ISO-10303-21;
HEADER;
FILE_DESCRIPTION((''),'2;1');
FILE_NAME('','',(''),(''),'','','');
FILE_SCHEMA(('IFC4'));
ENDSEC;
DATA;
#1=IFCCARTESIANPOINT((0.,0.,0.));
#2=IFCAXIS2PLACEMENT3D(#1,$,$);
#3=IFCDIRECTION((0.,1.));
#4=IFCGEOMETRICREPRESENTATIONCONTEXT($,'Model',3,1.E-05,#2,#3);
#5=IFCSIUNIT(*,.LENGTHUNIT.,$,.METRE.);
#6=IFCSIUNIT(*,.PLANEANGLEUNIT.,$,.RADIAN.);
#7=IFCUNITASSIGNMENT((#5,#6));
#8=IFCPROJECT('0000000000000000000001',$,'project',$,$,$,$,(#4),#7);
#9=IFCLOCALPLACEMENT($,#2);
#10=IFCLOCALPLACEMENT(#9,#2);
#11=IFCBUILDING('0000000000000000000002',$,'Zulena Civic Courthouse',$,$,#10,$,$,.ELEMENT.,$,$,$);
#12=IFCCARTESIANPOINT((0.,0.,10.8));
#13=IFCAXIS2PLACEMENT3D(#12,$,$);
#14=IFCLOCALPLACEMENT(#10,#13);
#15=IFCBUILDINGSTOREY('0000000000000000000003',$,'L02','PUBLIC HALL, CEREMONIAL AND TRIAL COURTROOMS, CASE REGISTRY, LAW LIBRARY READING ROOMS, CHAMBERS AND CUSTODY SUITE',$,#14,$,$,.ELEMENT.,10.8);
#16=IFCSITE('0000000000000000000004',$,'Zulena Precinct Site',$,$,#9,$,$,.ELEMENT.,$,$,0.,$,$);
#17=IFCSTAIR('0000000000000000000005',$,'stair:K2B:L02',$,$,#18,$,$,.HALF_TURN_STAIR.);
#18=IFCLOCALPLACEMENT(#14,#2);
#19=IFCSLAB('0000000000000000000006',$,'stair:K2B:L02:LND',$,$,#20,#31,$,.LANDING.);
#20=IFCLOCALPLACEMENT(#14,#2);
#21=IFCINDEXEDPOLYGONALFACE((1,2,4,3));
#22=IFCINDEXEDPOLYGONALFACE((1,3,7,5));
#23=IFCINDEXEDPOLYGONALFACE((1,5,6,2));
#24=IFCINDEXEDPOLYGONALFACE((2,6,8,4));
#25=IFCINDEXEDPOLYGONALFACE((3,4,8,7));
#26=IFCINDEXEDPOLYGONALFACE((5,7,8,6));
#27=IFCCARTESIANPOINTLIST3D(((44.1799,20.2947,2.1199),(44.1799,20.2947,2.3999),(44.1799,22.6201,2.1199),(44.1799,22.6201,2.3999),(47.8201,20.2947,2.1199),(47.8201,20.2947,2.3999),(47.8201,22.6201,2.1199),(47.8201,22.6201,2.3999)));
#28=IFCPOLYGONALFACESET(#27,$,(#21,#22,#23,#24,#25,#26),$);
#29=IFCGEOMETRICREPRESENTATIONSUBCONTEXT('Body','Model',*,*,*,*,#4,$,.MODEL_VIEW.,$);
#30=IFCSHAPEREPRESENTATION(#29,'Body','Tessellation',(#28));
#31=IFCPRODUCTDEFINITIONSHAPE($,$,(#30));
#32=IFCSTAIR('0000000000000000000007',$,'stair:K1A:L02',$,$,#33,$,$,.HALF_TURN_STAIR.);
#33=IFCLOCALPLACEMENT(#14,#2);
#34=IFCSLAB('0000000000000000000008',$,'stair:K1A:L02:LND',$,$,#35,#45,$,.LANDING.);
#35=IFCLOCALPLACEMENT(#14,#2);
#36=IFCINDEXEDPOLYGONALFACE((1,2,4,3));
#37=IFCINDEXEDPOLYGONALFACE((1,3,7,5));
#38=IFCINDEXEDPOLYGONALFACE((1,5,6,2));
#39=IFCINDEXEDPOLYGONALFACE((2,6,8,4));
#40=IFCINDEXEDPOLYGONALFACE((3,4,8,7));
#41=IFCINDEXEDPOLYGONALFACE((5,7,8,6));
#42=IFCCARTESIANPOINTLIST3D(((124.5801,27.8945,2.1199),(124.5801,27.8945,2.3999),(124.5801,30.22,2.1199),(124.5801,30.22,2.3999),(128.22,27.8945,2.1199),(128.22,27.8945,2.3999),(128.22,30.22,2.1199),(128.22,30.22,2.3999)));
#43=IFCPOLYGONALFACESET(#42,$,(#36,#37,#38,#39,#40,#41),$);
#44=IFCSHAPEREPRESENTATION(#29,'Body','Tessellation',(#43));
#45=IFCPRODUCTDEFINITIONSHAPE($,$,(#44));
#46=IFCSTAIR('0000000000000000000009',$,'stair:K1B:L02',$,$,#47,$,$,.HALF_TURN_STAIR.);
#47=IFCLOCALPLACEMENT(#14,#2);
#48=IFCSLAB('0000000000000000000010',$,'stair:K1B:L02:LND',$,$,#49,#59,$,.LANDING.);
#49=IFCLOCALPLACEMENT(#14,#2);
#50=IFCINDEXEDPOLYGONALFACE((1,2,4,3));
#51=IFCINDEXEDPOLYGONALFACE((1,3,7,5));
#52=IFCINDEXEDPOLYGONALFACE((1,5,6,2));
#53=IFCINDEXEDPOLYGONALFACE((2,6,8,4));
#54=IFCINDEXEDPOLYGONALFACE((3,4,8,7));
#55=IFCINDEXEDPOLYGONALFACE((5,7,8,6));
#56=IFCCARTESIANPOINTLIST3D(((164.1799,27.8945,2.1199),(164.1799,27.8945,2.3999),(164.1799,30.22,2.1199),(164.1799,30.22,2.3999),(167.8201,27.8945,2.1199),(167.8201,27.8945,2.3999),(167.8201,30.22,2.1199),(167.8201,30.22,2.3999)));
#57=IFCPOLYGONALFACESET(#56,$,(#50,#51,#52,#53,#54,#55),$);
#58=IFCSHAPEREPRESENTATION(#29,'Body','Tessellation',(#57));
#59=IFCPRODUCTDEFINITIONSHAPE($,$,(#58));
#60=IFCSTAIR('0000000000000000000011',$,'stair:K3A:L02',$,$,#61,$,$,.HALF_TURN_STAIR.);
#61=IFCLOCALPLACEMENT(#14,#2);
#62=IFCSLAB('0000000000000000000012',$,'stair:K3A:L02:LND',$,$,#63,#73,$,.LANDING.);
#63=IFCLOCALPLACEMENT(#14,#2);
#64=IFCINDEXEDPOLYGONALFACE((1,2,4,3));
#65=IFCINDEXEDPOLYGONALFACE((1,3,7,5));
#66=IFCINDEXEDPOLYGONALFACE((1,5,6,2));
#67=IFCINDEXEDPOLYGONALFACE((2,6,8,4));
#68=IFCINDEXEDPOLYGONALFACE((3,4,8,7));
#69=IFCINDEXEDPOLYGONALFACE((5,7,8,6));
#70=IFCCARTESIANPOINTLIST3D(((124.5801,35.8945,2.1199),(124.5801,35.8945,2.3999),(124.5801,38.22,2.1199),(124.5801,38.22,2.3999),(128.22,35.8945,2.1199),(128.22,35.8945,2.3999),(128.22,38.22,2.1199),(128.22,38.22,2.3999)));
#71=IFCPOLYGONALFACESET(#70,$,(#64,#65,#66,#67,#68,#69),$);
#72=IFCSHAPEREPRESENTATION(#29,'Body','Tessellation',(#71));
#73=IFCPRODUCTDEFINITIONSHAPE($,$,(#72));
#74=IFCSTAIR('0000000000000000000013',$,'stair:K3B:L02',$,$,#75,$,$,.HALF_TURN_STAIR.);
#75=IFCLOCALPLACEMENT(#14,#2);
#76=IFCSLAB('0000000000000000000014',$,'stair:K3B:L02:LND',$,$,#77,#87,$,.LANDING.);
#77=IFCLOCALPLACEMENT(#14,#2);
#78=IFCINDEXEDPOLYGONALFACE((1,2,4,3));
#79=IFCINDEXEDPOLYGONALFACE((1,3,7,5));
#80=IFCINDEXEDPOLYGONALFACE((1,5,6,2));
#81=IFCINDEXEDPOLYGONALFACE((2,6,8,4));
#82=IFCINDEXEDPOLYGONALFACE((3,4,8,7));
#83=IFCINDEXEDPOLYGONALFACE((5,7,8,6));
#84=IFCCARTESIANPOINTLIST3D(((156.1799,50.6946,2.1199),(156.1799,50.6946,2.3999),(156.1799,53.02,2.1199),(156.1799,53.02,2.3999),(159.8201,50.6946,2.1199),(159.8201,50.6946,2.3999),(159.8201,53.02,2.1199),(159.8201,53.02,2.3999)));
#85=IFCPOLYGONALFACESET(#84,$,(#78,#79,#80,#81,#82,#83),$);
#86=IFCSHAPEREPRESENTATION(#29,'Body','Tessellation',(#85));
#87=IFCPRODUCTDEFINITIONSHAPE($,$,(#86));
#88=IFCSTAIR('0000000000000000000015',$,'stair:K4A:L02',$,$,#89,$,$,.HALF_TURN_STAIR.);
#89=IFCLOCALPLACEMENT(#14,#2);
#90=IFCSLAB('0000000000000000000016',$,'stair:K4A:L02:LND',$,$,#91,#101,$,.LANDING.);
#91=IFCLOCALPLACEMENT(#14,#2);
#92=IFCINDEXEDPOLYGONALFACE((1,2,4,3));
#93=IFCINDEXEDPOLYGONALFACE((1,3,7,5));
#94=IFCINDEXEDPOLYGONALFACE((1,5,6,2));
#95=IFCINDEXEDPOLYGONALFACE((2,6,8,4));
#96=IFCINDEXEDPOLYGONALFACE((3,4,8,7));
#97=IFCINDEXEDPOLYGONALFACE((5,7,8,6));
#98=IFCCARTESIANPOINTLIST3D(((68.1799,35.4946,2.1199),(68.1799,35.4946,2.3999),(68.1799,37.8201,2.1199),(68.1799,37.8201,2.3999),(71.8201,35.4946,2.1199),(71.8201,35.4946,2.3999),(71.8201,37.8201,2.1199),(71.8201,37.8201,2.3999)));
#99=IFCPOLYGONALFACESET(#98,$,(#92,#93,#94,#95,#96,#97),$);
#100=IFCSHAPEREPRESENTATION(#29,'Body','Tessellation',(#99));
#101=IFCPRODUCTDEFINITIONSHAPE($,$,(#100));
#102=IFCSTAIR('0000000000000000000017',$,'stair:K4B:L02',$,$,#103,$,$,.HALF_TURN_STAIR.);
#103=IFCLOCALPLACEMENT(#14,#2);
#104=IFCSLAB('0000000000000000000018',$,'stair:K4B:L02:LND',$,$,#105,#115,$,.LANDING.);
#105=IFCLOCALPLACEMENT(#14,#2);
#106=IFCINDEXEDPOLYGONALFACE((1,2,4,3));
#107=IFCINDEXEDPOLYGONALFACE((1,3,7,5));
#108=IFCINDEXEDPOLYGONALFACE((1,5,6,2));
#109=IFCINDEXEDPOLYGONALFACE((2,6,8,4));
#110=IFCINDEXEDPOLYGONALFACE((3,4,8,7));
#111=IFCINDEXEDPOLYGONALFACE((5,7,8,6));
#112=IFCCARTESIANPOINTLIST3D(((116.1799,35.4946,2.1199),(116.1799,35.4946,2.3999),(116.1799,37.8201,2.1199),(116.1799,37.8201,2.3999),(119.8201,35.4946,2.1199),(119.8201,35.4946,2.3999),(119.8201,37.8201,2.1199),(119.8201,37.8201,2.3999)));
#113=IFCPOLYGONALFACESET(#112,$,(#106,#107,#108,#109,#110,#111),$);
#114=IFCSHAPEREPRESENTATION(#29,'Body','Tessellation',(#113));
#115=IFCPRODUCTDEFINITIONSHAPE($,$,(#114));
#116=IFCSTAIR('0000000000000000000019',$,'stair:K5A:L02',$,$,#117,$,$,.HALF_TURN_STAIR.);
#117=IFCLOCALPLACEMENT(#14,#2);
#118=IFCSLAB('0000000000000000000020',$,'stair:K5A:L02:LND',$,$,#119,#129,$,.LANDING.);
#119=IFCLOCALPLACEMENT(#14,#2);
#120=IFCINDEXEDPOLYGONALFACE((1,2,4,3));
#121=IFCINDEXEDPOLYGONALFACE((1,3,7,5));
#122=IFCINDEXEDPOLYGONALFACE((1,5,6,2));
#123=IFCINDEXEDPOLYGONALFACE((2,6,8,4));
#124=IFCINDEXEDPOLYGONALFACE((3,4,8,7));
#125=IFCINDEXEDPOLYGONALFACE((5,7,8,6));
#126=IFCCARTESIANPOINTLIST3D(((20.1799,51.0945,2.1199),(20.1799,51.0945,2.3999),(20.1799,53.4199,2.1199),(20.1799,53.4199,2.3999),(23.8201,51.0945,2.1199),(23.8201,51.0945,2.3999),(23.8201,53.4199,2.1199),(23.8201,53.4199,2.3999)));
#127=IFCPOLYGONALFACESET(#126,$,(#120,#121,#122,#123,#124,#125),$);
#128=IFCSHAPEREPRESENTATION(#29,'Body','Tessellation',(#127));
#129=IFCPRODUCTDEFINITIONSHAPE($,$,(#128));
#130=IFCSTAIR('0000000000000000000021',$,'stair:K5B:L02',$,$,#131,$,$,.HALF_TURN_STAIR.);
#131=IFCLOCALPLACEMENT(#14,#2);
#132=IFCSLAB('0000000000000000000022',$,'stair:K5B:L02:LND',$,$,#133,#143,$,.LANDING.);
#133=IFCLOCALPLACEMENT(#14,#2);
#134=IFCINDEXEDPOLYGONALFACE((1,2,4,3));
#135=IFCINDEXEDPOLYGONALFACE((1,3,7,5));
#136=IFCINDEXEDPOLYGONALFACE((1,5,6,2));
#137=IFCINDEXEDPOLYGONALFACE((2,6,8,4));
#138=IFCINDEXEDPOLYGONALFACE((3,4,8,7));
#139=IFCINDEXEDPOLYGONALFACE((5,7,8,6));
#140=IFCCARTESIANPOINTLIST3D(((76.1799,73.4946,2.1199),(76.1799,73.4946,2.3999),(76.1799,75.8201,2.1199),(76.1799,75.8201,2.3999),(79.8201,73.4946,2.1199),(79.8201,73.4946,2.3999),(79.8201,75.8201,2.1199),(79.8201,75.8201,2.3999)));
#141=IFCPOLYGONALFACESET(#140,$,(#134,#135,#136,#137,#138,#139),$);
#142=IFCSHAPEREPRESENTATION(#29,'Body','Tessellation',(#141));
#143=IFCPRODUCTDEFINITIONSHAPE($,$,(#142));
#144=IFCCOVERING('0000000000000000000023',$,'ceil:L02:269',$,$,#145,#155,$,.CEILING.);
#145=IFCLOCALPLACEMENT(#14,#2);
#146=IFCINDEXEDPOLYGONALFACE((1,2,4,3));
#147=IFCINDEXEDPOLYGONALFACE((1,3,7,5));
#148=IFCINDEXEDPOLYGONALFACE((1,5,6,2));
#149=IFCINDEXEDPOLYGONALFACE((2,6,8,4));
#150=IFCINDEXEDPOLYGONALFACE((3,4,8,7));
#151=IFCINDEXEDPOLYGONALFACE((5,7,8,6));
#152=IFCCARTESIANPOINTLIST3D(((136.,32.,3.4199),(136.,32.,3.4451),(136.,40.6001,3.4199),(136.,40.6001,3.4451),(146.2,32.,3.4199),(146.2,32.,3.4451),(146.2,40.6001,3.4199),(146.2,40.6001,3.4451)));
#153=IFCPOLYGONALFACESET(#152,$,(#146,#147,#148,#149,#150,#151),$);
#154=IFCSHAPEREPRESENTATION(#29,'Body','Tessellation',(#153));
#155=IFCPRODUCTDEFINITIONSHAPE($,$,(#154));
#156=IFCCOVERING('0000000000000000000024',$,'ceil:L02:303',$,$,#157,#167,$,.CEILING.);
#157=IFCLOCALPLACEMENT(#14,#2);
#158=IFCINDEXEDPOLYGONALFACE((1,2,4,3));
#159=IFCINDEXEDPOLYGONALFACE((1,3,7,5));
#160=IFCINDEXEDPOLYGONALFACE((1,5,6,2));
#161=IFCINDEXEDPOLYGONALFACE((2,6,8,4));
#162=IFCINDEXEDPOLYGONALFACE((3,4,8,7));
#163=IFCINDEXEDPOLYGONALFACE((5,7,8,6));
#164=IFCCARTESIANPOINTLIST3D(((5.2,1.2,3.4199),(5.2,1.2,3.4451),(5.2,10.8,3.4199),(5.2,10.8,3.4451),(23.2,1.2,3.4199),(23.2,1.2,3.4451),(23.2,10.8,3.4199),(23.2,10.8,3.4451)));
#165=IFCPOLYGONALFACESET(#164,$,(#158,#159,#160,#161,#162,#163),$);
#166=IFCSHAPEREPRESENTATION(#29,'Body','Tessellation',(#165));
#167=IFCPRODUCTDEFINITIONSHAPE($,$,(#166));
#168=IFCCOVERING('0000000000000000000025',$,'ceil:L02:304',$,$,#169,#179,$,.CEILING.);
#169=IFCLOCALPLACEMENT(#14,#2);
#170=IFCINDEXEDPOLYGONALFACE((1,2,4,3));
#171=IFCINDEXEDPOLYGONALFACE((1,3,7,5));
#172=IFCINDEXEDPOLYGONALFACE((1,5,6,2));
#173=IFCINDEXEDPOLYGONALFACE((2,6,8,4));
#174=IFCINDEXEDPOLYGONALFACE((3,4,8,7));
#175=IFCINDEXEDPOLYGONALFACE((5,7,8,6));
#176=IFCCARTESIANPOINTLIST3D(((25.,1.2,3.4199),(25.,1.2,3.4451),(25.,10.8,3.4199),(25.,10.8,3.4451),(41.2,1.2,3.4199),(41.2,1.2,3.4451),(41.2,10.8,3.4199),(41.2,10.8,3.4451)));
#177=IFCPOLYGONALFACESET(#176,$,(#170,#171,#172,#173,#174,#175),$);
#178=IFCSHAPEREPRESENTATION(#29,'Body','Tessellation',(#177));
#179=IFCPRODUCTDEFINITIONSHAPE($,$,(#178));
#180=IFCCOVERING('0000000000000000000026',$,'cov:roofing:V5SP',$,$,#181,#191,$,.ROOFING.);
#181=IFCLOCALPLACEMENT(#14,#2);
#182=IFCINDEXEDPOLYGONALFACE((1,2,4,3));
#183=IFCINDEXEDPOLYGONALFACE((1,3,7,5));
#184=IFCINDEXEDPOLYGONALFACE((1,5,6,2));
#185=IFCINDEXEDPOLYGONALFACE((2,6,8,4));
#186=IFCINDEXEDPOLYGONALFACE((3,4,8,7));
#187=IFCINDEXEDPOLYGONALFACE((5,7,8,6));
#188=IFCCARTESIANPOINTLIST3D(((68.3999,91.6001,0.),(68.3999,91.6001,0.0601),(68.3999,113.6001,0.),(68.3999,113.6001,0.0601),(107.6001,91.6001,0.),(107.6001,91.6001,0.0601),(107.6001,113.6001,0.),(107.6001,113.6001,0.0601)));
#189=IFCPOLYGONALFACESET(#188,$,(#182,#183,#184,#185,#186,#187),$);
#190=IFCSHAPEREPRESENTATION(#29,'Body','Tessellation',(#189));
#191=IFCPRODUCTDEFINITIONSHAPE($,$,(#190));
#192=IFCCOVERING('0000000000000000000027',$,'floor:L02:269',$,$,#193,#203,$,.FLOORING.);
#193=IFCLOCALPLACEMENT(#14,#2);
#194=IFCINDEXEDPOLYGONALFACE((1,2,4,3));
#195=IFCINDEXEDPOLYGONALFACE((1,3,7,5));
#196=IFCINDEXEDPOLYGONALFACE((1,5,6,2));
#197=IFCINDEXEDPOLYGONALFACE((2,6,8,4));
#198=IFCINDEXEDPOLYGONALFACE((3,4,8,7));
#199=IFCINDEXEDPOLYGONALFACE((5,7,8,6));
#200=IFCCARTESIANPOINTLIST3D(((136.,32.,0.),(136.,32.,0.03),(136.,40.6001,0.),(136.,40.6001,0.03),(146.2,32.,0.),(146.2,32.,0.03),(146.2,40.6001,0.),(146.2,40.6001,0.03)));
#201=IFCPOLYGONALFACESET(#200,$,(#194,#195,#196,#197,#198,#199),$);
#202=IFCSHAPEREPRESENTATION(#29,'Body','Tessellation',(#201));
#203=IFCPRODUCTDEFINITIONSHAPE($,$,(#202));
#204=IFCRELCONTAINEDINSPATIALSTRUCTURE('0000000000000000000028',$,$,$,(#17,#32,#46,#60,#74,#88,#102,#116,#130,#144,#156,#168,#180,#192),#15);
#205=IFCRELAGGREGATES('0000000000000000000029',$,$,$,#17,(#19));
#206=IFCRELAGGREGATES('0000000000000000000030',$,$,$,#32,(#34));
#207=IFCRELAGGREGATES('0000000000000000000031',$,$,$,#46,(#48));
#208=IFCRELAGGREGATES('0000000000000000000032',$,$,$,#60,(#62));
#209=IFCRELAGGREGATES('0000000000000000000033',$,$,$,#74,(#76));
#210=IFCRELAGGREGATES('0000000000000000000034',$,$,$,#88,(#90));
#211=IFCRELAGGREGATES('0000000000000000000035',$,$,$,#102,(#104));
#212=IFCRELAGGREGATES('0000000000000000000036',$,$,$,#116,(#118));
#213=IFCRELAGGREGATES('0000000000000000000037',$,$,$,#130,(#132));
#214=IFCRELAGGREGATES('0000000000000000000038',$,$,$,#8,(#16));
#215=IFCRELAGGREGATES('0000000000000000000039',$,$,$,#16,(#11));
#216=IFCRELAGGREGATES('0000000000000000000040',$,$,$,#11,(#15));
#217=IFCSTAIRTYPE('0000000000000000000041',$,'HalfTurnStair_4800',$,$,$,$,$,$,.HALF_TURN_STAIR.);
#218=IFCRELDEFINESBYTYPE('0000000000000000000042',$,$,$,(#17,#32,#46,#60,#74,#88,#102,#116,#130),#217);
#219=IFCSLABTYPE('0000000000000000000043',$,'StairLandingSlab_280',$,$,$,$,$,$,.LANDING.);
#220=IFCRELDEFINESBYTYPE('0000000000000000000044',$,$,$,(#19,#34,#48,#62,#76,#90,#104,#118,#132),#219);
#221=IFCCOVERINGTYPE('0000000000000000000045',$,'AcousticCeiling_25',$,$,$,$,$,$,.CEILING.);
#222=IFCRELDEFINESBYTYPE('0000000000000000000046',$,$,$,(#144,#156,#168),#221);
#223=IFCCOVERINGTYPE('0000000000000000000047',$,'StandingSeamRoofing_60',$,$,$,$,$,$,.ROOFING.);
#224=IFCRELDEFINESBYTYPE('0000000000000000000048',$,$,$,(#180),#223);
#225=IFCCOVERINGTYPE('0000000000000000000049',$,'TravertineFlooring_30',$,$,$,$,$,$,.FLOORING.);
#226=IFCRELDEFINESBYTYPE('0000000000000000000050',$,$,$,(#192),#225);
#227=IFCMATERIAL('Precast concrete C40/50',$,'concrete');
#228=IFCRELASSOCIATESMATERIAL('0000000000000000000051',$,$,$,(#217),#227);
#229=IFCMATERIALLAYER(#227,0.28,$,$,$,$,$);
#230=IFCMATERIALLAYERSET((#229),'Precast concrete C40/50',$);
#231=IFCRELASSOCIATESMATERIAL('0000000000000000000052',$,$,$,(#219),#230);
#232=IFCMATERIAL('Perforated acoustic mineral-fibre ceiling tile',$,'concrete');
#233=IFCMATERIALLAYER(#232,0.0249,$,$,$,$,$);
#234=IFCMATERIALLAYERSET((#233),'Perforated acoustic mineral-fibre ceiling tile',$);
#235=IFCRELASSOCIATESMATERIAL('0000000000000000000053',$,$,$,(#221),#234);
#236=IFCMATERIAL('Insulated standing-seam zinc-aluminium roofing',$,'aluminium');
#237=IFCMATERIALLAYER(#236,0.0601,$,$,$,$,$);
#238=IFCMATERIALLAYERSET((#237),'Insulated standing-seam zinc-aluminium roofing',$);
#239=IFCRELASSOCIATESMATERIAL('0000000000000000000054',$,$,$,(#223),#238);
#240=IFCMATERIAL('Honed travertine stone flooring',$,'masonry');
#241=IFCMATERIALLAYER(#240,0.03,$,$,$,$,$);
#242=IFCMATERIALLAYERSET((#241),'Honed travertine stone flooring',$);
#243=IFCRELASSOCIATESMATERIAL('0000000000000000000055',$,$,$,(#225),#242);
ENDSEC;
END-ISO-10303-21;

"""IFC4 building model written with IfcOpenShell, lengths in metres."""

from ifc_helpers import new_model, si_unit, direction, frame, origin, place, context, subcontext, project, spatial, polyline, outline, extrude, material, layer, layer_set, type_object, element, aggregate, save


model = new_model("IFC4")

# Units and contexts
model_context = context("Model", 3, precision=1e-05, world=origin(), true_north=direction((0.0, 1.0)))
body_context = subcontext(model_context, "Body", "Model", "MODEL_VIEW")
ifc_project = project(units=[si_unit("LENGTHUNIT", "METRE"), si_unit("PLANEANGLEUNIT", "RADIAN")], contexts=[model_context])

# Site, building, storey
site_placement = place(None, origin())
site = spatial("IfcSite", under=ifc_project, at=site_placement, Name="Zulena Precinct Site", CompositionType="ELEMENT", RefElevation=0.0)
building_placement = place(site_placement, origin())
building = spatial("IfcBuilding", under=site, at=building_placement, Name="Zulena Civic Courthouse", CompositionType="ELEMENT")
storey_placement = place(building_placement, frame((0.0, 0.0, 10.8)))
storey = spatial("IfcBuildingStorey", under=building, at=storey_placement, Name="L02", Description="PUBLIC HALL, CEREMONIAL AND TRIAL COURTROOMS, CASE REGISTRY, LAW LIBRARY READING ROOMS, CHAMBERS AND CUSTODY SUITE", CompositionType="ELEMENT", Elevation=10.8)

# Shared definitions
ifc_material_1 = material(Name="Insulated standing-seam zinc-aluminium roofing", Category="aluminium")

# Stairs, slabs
ifc_material_2 = material(Name="Precast concrete C40/50", Category="concrete")
stair_type = type_object("IfcStairType", Name="HalfTurnStair_4800", PredefinedType="HALF_TURN_STAIR", material=ifc_material_2)
ifc_layer_1 = layer(ifc_material_2, 0.28)
ifc_layer_set_1 = layer_set([ifc_layer_1], Name="Precast concrete C40/50")
slab_type_1 = type_object("IfcSlabType", Name="StairLandingSlab_280", PredefinedType="LANDING", material=ifc_layer_set_1)
stair_1_placement = place(storey_placement, origin())
stair_1 = element("IfcStair", 1, at=stair_1_placement, inside=storey, type_object=stair_type, Name="stair:K2B:L02", PredefinedType="HALF_TURN_STAIR")
slab_1_placement = place(storey_placement, frame((0.0, 0.0, 2.1199)))
slab_1 = element("IfcSlab", 2, at=slab_1_placement, type_object=slab_type_1, Name="stair:K2B:L02:LND", PredefinedType="LANDING", context=body_context, shape_type="SweptSolid", body=[
    extrude(outline(polyline([(44.1799, 20.2947), (47.8201, 20.2947), (47.8201, 22.6201), (44.1799, 22.6201), (44.1799, 20.2947)])), origin(), (0.0, 0.0, 1.0), 0.28),
])
aggregate(stair_1, [slab_1])
stair_2_placement = place(storey_placement, origin())
stair_2 = element("IfcStair", 3, at=stair_2_placement, inside=storey, type_object=stair_type, Name="stair:K1A:L02", PredefinedType="HALF_TURN_STAIR")
slab_2_placement = place(storey_placement, frame((0.0, 0.0, 2.1199)))
slab_2 = element("IfcSlab", 4, at=slab_2_placement, type_object=slab_type_1, Name="stair:K1A:L02:LND", PredefinedType="LANDING", context=body_context, shape_type="SweptSolid", body=[
    extrude(outline(polyline([(124.5801, 27.8945), (128.22, 27.8945), (128.22, 30.22), (124.5801, 30.22), (124.5801, 27.8945)])), origin(), (0.0, 0.0, 1.0), 0.28),
])
aggregate(stair_2, [slab_2])
stair_3_placement = place(storey_placement, origin())
stair_3 = element("IfcStair", 5, at=stair_3_placement, inside=storey, type_object=stair_type, Name="stair:K1B:L02", PredefinedType="HALF_TURN_STAIR")
slab_3_placement = place(storey_placement, frame((0.0, 0.0, 2.1199)))
slab_3 = element("IfcSlab", 6, at=slab_3_placement, type_object=slab_type_1, Name="stair:K1B:L02:LND", PredefinedType="LANDING", context=body_context, shape_type="SweptSolid", body=[
    extrude(outline(polyline([(164.1799, 27.8945), (167.8201, 27.8945), (167.8201, 30.22), (164.1799, 30.22), (164.1799, 27.8945)])), origin(), (0.0, 0.0, 1.0), 0.28),
])
aggregate(stair_3, [slab_3])
stair_4_placement = place(storey_placement, origin())
stair_4 = element("IfcStair", 7, at=stair_4_placement, inside=storey, type_object=stair_type, Name="stair:K3A:L02", PredefinedType="HALF_TURN_STAIR")
slab_4_placement = place(storey_placement, frame((0.0, 0.0, 2.1199)))
slab_4 = element("IfcSlab", 8, at=slab_4_placement, type_object=slab_type_1, Name="stair:K3A:L02:LND", PredefinedType="LANDING", context=body_context, shape_type="SweptSolid", body=[
    extrude(outline(polyline([(124.5801, 35.8945), (128.22, 35.8945), (128.22, 38.22), (124.5801, 38.22), (124.5801, 35.8945)])), origin(), (0.0, 0.0, 1.0), 0.28),
])
aggregate(stair_4, [slab_4])
stair_5_placement = place(storey_placement, origin())
stair_5 = element("IfcStair", 9, at=stair_5_placement, inside=storey, type_object=stair_type, Name="stair:K3B:L02", PredefinedType="HALF_TURN_STAIR")
slab_5_placement = place(storey_placement, frame((0.0, 0.0, 2.1199)))
slab_5 = element("IfcSlab", 10, at=slab_5_placement, type_object=slab_type_1, Name="stair:K3B:L02:LND", PredefinedType="LANDING", context=body_context, shape_type="SweptSolid", body=[
    extrude(outline(polyline([(156.1799, 50.6946), (159.8201, 50.6946), (159.8201, 53.02), (156.1799, 53.02), (156.1799, 50.6946)])), origin(), (0.0, 0.0, 1.0), 0.28),
])
aggregate(stair_5, [slab_5])
stair_6_placement = place(storey_placement, origin())
stair_6 = element("IfcStair", 11, at=stair_6_placement, inside=storey, type_object=stair_type, Name="stair:K4A:L02", PredefinedType="HALF_TURN_STAIR")
slab_6_placement = place(storey_placement, frame((0.0, 0.0, 2.1199)))
slab_6 = element("IfcSlab", 12, at=slab_6_placement, type_object=slab_type_1, Name="stair:K4A:L02:LND", PredefinedType="LANDING", context=body_context, shape_type="SweptSolid", body=[
    extrude(outline(polyline([(68.1799, 35.4946), (71.8201, 35.4946), (71.8201, 37.8201), (68.1799, 37.8201), (68.1799, 35.4946)])), origin(), (0.0, 0.0, 1.0), 0.28),
])
aggregate(stair_6, [slab_6])
stair_7_placement = place(storey_placement, origin())
stair_7 = element("IfcStair", 13, at=stair_7_placement, inside=storey, type_object=stair_type, Name="stair:K4B:L02", PredefinedType="HALF_TURN_STAIR")
slab_7_placement = place(storey_placement, frame((0.0, 0.0, 2.1199)))
slab_7 = element("IfcSlab", 14, at=slab_7_placement, type_object=slab_type_1, Name="stair:K4B:L02:LND", PredefinedType="LANDING", context=body_context, shape_type="SweptSolid", body=[
    extrude(outline(polyline([(116.1799, 35.4946), (119.8201, 35.4946), (119.8201, 37.8201), (116.1799, 37.8201), (116.1799, 35.4946)])), origin(), (0.0, 0.0, 1.0), 0.28),
])
aggregate(stair_7, [slab_7])
stair_8_placement = place(storey_placement, origin())
stair_8 = element("IfcStair", 15, at=stair_8_placement, inside=storey, type_object=stair_type, Name="stair:K5A:L02", PredefinedType="HALF_TURN_STAIR")
slab_8_placement = place(storey_placement, frame((0.0, 0.0, 2.1199)))
slab_8 = element("IfcSlab", 16, at=slab_8_placement, type_object=slab_type_1, Name="stair:K5A:L02:LND", PredefinedType="LANDING", context=body_context, shape_type="SweptSolid", body=[
    extrude(outline(polyline([(20.1799, 51.0945), (23.8201, 51.0945), (23.8201, 53.4199), (20.1799, 53.4199), (20.1799, 51.0945)])), origin(), (0.0, 0.0, 1.0), 0.28),
])
aggregate(stair_8, [slab_8])
stair_9_placement = place(storey_placement, origin())
stair_9 = element("IfcStair", 17, at=stair_9_placement, inside=storey, type_object=stair_type, Name="stair:K5B:L02", PredefinedType="HALF_TURN_STAIR")
slab_9_placement = place(storey_placement, frame((0.0, 0.0, 2.1199)))
slab_9 = element("IfcSlab", 18, at=slab_9_placement, type_object=slab_type_1, Name="stair:K5B:L02:LND", PredefinedType="LANDING", context=body_context, shape_type="SweptSolid", body=[
    extrude(outline(polyline([(76.1799, 73.4946), (79.8201, 73.4946), (79.8201, 75.8201), (76.1799, 75.8201), (76.1799, 73.4946)])), origin(), (0.0, 0.0, 1.0), 0.28),
])
aggregate(stair_9, [slab_9])

# Coverings
ifc_material_3 = material(Name="Perforated acoustic mineral-fibre ceiling tile", Category="concrete")
ifc_layer_2 = layer(ifc_material_3, 0.0249)
ifc_layer_set_2 = layer_set([ifc_layer_2], Name="Perforated acoustic mineral-fibre ceiling tile")
covering_type_1 = type_object("IfcCoveringType", Name="AcousticCeiling_25", PredefinedType="CEILING", material=ifc_layer_set_2)
covering_1_placement = place(storey_placement, frame((0.0, 0.0, 3.4199)))
element("IfcCovering", 19, at=covering_1_placement, inside=storey, type_object=covering_type_1, Name="ceil:L02:269", PredefinedType="CEILING", context=body_context, shape_type="SweptSolid", body=[
    extrude(outline(polyline([(136.0, 32.0), (146.2, 32.0), (146.2, 40.6001), (136.0, 40.6001), (136.0, 32.0)])), origin(), (0.0, 0.0, 1.0), 0.0251),
])
covering_2_placement = place(storey_placement, frame((0.0, 0.0, 3.4199)))
element("IfcCovering", 20, at=covering_2_placement, inside=storey, type_object=covering_type_1, Name="ceil:L02:303", PredefinedType="CEILING", context=body_context, shape_type="SweptSolid", body=[
    extrude(outline(polyline([(5.2, 1.2), (23.2, 1.2), (23.2, 10.8), (5.2, 10.8), (5.2, 1.2)])), origin(), (0.0, 0.0, 1.0), 0.0251),
])
covering_3_placement = place(storey_placement, frame((0.0, 0.0, 3.4199)))
element("IfcCovering", 21, at=covering_3_placement, inside=storey, type_object=covering_type_1, Name="ceil:L02:304", PredefinedType="CEILING", context=body_context, shape_type="SweptSolid", body=[
    extrude(outline(polyline([(25.0, 1.2), (41.2, 1.2), (41.2, 10.8), (25.0, 10.8), (25.0, 1.2)])), origin(), (0.0, 0.0, 1.0), 0.0251),
])
ifc_layer_3 = layer(ifc_material_1, 0.0601)
ifc_layer_set_3 = layer_set([ifc_layer_3], Name="Insulated standing-seam zinc-aluminium roofing")
covering_type_2 = type_object("IfcCoveringType", Name="StandingSeamRoofing_60", PredefinedType="ROOFING", material=ifc_layer_set_3)
covering_4_placement = place(storey_placement, origin())
element("IfcCovering", 22, at=covering_4_placement, inside=storey, type_object=covering_type_2, Name="cov:roofing:V5SP", PredefinedType="ROOFING", context=body_context, shape_type="SweptSolid", body=[
    extrude(outline(polyline([(68.3999, 91.6001), (107.6001, 91.6001), (107.6001, 113.6001), (68.3999, 113.6001), (68.3999, 91.6001)])), origin(), (0.0, 0.0, 1.0), 0.0601),
])
ifc_material_4 = material(Name="Honed travertine stone flooring", Category="masonry")
ifc_layer_4 = layer(ifc_material_4, 0.03)
ifc_layer_set_4 = layer_set([ifc_layer_4], Name="Honed travertine stone flooring")
covering_type_3 = type_object("IfcCoveringType", Name="TravertineFlooring_30", PredefinedType="FLOORING", material=ifc_layer_set_4)
covering_5_placement = place(storey_placement, origin())
element("IfcCovering", 23, at=covering_5_placement, inside=storey, type_object=covering_type_3, Name="floor:L02:269", PredefinedType="FLOORING", context=body_context, shape_type="SweptSolid", body=[
    extrude(outline(polyline([(136.0, 32.0), (146.2, 32.0), (146.2, 40.6001), (136.0, 40.6001), (136.0, 32.0)])), origin(), (0.0, 0.0, 1.0), 0.03),
])

save(model, "model.ifc")
